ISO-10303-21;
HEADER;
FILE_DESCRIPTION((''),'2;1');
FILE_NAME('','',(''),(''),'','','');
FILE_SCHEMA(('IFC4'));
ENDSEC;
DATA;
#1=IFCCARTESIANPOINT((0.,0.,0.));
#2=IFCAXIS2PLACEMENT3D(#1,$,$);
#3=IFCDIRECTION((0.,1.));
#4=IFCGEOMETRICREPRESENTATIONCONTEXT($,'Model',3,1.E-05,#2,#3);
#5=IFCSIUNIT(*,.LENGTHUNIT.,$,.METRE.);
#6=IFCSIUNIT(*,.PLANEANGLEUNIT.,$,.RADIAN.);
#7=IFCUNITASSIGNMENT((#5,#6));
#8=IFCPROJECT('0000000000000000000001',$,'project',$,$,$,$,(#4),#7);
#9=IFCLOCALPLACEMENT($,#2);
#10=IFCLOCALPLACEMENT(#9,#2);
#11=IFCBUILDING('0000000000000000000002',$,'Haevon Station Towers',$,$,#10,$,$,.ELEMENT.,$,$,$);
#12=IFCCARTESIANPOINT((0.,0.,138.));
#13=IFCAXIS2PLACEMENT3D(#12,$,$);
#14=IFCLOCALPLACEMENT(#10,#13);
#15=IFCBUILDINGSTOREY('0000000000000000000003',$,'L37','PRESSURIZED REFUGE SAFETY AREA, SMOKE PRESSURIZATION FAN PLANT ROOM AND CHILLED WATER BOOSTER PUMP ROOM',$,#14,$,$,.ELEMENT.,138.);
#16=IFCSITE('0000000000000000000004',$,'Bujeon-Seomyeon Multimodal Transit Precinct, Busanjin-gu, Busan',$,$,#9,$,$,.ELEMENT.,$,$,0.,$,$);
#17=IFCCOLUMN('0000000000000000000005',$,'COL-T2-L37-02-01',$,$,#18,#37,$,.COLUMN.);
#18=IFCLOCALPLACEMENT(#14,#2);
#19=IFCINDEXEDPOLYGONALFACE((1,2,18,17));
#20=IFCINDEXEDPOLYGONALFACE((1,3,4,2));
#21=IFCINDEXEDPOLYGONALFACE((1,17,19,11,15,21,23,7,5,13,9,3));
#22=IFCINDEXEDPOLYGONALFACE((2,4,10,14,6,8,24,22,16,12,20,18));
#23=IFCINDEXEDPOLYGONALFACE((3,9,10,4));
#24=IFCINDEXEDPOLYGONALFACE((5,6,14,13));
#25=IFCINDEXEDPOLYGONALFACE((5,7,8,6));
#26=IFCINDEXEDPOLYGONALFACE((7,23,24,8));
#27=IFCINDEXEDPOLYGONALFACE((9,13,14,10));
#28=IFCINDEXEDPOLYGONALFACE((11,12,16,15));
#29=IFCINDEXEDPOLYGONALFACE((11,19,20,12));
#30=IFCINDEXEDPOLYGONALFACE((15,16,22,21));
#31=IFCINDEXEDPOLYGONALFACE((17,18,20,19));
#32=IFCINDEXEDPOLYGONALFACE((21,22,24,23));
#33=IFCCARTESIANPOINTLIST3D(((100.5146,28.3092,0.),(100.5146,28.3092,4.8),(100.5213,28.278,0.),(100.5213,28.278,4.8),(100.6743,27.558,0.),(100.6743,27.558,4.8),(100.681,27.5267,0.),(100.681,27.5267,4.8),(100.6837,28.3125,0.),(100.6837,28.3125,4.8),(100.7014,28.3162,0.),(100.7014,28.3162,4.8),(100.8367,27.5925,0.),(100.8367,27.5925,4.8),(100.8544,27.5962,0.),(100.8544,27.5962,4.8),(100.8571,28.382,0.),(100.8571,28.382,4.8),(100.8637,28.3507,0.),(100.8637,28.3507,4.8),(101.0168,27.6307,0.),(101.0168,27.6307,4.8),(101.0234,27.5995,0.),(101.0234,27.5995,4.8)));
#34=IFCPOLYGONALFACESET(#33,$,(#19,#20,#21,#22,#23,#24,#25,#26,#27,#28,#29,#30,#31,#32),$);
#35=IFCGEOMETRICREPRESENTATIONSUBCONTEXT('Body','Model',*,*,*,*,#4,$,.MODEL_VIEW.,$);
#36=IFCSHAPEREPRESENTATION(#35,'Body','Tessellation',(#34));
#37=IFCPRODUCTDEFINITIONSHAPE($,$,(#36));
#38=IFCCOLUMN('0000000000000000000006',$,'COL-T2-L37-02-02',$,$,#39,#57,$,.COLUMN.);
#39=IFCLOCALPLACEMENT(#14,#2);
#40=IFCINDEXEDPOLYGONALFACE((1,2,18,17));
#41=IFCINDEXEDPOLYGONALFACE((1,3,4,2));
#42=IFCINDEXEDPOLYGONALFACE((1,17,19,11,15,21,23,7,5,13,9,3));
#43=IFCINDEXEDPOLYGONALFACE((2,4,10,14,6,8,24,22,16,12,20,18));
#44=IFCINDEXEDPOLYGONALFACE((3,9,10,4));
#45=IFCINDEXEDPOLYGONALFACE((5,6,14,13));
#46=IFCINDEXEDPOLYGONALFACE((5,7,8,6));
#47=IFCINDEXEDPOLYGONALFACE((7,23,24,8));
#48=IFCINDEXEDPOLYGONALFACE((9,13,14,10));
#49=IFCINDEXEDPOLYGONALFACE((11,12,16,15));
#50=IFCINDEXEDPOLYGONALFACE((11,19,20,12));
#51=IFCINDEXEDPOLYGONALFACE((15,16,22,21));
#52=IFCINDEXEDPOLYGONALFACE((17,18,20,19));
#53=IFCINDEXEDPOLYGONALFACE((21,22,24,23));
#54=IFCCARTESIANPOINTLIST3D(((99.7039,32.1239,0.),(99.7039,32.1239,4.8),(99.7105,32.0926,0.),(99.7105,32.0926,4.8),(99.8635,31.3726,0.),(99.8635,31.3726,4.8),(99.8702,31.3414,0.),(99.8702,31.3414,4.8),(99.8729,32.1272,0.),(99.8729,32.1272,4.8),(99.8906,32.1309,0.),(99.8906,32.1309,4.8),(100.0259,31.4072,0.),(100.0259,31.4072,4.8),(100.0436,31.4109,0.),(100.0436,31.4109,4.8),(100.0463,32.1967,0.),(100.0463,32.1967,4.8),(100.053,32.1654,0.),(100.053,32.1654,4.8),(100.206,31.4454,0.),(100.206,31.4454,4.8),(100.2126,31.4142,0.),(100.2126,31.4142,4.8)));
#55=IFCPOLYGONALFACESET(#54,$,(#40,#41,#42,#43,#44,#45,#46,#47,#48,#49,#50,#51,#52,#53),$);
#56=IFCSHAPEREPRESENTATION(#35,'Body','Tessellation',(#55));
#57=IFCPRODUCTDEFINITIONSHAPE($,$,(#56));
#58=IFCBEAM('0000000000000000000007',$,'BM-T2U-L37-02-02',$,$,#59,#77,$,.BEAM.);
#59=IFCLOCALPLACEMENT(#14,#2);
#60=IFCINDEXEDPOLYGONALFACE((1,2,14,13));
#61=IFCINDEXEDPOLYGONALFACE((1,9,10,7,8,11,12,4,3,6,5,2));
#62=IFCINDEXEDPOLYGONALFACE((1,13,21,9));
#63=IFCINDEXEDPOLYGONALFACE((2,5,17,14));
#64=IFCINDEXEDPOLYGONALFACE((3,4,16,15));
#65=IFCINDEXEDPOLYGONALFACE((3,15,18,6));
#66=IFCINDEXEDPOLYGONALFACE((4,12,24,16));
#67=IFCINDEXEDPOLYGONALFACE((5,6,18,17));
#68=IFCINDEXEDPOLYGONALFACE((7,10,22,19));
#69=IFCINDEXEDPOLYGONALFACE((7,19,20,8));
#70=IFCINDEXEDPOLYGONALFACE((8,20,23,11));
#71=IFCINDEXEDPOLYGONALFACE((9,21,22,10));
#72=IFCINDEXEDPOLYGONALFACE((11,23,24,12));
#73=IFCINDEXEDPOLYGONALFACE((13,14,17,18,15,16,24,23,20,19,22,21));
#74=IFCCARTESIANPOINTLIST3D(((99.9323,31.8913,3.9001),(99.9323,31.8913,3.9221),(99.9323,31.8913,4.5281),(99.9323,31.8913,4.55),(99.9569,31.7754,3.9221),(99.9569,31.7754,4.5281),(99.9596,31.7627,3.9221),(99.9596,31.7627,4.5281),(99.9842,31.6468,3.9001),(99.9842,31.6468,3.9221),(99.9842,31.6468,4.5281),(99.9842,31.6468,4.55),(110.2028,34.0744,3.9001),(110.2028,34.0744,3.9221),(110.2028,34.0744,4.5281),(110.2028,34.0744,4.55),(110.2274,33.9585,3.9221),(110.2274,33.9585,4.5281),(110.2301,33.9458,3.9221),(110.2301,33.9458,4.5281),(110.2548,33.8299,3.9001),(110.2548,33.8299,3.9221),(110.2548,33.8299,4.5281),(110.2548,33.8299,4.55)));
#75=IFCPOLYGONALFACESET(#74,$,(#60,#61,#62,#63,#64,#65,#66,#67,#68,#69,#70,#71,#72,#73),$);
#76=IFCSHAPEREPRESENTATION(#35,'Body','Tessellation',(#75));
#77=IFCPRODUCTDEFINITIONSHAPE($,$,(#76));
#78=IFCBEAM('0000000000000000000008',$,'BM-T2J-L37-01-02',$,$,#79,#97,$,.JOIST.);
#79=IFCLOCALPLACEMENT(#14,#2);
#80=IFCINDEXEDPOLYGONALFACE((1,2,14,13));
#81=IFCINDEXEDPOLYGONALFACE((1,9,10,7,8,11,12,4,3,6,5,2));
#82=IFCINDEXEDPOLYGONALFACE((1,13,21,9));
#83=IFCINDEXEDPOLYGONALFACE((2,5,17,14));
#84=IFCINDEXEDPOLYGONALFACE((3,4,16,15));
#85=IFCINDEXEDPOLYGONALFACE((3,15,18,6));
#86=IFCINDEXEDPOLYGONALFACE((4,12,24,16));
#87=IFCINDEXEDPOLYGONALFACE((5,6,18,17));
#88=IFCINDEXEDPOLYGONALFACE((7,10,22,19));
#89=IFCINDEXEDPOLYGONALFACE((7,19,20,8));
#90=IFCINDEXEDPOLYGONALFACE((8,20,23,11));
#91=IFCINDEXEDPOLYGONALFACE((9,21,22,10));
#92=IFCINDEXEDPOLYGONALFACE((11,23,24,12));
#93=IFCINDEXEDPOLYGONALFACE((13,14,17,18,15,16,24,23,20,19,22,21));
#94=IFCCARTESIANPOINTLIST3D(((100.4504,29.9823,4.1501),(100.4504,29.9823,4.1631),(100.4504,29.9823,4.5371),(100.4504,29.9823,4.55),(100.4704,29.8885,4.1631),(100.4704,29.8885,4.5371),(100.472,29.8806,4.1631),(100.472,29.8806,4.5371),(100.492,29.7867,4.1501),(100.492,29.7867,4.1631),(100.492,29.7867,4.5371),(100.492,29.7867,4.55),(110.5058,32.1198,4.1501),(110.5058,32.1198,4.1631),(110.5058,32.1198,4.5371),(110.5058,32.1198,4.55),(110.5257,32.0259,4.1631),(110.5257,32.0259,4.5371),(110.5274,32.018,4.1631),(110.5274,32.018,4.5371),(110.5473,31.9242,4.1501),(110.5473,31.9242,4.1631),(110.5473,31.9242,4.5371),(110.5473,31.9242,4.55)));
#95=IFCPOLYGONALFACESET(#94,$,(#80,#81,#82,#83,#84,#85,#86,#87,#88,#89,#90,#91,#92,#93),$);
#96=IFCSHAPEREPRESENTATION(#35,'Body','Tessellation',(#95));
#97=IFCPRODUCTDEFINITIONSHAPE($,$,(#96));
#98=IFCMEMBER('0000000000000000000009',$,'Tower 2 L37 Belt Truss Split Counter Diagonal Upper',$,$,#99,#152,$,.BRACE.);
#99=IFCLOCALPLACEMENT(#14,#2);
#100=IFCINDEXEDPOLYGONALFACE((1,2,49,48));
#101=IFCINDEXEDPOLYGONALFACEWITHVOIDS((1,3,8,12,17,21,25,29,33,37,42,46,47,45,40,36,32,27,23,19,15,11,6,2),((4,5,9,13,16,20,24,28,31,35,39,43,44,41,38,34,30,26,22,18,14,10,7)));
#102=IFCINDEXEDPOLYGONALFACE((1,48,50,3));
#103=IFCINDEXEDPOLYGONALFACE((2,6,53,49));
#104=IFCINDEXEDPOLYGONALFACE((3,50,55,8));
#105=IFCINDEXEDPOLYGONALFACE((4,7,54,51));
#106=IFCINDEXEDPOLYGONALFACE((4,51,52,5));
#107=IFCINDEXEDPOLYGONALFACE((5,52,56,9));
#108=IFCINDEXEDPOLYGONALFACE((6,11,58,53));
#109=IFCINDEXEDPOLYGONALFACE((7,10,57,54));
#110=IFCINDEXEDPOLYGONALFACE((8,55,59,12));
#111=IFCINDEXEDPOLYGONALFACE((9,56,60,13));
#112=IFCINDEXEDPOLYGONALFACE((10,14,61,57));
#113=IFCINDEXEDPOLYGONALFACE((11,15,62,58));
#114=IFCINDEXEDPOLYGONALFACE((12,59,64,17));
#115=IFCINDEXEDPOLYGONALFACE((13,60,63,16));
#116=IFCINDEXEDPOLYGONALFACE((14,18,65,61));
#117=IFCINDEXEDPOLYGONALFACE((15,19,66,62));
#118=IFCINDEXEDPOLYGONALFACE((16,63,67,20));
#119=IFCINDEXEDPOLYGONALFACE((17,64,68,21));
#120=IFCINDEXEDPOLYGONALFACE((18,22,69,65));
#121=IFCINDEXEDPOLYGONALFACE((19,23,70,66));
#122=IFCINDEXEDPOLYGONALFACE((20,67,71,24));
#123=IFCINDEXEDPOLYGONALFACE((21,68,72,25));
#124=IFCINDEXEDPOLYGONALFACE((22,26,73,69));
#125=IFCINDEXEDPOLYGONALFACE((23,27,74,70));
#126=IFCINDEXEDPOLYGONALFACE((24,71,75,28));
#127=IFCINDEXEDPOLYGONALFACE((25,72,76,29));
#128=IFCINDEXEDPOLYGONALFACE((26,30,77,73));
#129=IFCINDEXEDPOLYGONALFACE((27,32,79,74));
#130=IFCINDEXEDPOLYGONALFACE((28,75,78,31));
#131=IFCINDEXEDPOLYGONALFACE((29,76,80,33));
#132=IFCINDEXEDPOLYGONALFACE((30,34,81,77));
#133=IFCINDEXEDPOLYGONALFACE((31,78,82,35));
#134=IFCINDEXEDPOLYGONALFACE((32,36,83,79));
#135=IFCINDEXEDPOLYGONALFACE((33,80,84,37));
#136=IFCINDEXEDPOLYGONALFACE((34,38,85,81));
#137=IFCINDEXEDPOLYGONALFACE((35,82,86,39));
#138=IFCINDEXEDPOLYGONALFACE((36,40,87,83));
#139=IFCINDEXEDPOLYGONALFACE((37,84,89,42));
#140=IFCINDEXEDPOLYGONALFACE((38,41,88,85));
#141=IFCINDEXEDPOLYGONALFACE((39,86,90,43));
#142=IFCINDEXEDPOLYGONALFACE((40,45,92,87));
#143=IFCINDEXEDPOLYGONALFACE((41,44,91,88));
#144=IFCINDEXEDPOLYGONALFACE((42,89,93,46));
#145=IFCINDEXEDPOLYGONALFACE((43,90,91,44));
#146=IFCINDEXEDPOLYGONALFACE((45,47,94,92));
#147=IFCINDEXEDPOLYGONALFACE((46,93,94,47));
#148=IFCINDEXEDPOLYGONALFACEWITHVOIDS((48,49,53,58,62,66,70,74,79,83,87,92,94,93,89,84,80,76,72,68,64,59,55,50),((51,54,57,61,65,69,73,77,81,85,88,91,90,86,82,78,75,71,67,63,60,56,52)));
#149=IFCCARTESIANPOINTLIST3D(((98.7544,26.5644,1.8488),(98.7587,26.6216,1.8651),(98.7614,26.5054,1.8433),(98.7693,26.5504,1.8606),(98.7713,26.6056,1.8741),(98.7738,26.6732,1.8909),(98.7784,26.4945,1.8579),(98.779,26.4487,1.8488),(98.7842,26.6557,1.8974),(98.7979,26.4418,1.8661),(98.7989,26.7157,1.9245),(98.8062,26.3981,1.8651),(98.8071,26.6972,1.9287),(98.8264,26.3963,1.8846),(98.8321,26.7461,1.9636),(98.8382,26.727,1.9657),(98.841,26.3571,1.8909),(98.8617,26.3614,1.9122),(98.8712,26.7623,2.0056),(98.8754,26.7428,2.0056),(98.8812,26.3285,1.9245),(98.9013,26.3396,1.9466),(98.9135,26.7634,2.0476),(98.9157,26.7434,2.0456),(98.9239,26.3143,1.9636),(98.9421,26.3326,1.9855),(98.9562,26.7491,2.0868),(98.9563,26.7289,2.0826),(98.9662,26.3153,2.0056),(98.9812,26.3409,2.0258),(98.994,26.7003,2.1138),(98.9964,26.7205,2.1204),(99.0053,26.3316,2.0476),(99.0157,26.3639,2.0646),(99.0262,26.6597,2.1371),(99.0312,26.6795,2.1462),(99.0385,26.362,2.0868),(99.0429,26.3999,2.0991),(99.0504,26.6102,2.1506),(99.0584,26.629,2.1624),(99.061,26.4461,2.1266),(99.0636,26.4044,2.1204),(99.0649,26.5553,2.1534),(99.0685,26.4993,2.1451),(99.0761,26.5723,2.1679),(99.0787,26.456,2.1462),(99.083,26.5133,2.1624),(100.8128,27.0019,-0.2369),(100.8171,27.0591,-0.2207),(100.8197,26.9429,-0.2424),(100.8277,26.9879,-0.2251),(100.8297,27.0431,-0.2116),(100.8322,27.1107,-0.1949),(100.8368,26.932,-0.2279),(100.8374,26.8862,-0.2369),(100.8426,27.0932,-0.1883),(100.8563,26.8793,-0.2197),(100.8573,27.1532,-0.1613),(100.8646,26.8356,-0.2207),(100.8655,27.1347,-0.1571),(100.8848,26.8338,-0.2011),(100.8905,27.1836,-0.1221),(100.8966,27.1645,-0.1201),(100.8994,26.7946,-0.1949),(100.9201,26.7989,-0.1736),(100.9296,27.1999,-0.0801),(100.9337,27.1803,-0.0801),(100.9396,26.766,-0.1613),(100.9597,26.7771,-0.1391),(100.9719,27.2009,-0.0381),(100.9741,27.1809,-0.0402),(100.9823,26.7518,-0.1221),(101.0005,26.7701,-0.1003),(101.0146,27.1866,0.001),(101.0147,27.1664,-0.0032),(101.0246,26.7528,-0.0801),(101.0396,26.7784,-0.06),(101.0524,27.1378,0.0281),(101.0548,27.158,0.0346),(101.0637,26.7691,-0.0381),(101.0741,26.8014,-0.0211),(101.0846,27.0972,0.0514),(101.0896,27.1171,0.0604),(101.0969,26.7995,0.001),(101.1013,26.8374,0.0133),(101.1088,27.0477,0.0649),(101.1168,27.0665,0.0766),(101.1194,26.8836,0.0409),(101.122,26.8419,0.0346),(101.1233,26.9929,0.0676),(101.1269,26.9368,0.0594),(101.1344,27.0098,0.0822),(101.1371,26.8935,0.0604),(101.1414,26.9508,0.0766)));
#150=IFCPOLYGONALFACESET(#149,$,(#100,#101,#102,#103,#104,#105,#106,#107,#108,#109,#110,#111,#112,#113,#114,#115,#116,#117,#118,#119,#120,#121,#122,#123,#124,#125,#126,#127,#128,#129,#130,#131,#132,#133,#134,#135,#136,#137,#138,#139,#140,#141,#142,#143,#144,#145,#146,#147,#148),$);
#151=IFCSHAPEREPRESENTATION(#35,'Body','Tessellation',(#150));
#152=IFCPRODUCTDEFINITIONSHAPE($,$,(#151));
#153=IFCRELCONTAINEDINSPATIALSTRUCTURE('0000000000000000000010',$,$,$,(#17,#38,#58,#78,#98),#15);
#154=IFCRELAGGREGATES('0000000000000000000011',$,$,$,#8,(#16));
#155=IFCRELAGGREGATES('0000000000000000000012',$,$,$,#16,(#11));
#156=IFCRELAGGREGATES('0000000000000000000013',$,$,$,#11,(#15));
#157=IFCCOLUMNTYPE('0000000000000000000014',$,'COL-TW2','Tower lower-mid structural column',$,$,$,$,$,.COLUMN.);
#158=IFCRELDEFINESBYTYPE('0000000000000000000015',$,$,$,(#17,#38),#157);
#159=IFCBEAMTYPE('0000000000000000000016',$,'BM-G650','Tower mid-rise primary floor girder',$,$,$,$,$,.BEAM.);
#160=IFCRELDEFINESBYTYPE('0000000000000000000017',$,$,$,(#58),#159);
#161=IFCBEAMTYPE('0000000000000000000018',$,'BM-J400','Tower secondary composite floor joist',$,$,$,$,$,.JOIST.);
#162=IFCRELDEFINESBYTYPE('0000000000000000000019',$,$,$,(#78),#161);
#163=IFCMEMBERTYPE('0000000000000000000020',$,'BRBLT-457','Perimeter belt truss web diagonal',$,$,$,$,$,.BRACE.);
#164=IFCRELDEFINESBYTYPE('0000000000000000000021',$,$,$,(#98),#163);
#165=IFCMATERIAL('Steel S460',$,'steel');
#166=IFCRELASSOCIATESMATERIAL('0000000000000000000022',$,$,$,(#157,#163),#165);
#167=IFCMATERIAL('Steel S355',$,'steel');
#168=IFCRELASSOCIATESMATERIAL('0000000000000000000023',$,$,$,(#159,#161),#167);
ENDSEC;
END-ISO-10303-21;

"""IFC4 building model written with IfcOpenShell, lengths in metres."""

from ifc_helpers import new_model, si_unit, direction, frame, origin, origin_2d, place, context, subcontext, project, spatial, hollow_circle, i_section, extrude, material, material_profile, profile_set, type_object, element, save


model = new_model("IFC4")

# Units and contexts
model_context = context("Model", 3, precision=1e-05, world=origin(), true_north=direction((0.0, 1.0)))
body_context = subcontext(model_context, "Body", "Model", "MODEL_VIEW")
ifc_project = project(units=[si_unit("LENGTHUNIT", "METRE"), si_unit("PLANEANGLEUNIT", "RADIAN")], contexts=[model_context])

# Site, building, storey
site_placement = place(None, origin())
site = spatial("IfcSite", under=ifc_project, at=site_placement, Name="Bujeon-Seomyeon Multimodal Transit Precinct, Busanjin-gu, Busan", CompositionType="ELEMENT", RefElevation=0.0)
building_placement = place(site_placement, origin())
building = spatial("IfcBuilding", under=site, at=building_placement, Name="Haevon Station Towers", CompositionType="ELEMENT")
storey_placement = place(building_placement, frame((0.0, 0.0, 138.0)))
storey = spatial("IfcBuildingStorey", under=building, at=storey_placement, Name="L37", Description="PRESSURIZED REFUGE SAFETY AREA, SMOKE PRESSURIZATION FAN PLANT ROOM AND CHILLED WATER BOOSTER PUMP ROOM", CompositionType="ELEMENT", Elevation=138.0)

# Columns
ifc_material_1 = material(Name="Steel S460", Category="steel")
ifc_material_profile_1 = material_profile(ifc_material_1, i_section(OverallWidth=0.3501, OverallDepth=0.8, WebThickness=0.0181, FlangeThickness=0.032, at=origin_2d()), Name="H-800x350x18x32")
ifc_profile_set_1 = profile_set([ifc_material_profile_1], Name="Steel S460")
column_type = type_object("IfcColumnType", Name="COL-TW2", Description="Tower lower-mid structural column", PredefinedType="COLUMN", material=ifc_profile_set_1)
for number, where, z_axis, x_axis, name in (
    (1, (100.769, 27.9543, 0.0), (0.0, 0.0, 1.0), (0.978148, 0.207912, 0.0), "COL-T2-L37-02-01"),
    (2, (99.9583, 31.769, 0.0), (0.0, 0.0, 1.0), (0.978148, 0.207912, 0.0), "COL-T2-L37-02-02"),
):
    element("IfcColumn", number, at=place(storey_placement, frame(where, z_axis=z_axis, x_axis=x_axis)), inside=storey, type_object=column_type, Name=name, PredefinedType="COLUMN", context=body_context, shape_type="SweptSolid", body=[
        extrude(i_section(OverallWidth=0.3501, OverallDepth=0.8, WebThickness=0.0181, FlangeThickness=0.032, at=origin_2d()), origin(), (0.0, 0.0, 1.0), 4.8),
    ])

# Beams
ifc_material_2 = material(Name="Steel S355", Category="steel")
ifc_material_profile_2 = material_profile(ifc_material_2, i_section(OverallWidth=0.25, OverallDepth=0.6499, WebThickness=0.0129, FlangeThickness=0.022, at=origin_2d()), Name="H-650x250x13x22")
ifc_profile_set_2 = profile_set([ifc_material_profile_2], Name="Steel S355")
beam_type_1 = type_object("IfcBeamType", Name="BM-G650", Description="Tower mid-rise primary floor girder", PredefinedType="BEAM", material=ifc_profile_set_2)
beam_1_placement = place(storey_placement, frame((99.9583, 31.769, 4.2251), z_axis=(0.978147, 0.207915, 0.0), x_axis=(-0.207915, 0.978147, 0.0)))
element("IfcBeam", 3, at=beam_1_placement, inside=storey, type_object=beam_type_1, Name="BM-T2U-L37-02-02", PredefinedType="BEAM", context=body_context, shape_type="SweptSolid", body=[
    extrude(i_section(OverallWidth=0.25, OverallDepth=0.6499, WebThickness=0.0129, FlangeThickness=0.022, at=origin_2d()), origin(), (0.0, 0.0, 1.0), 10.5),
])
ifc_material_profile_3 = material_profile(ifc_material_2, i_section(OverallWidth=0.2, OverallDepth=0.3999, WebThickness=0.0081, FlangeThickness=0.0129, at=origin_2d()), Name="H-400x200x8x13")
ifc_profile_set_3 = profile_set([ifc_material_profile_3], Name="Steel S355")
beam_type_2 = type_object("IfcBeamType", Name="BM-J400", Description="Tower secondary composite floor joist", PredefinedType="JOIST", material=ifc_profile_set_3)
beam_2_placement = place(storey_placement, frame((100.4712, 29.8845, 4.3501), z_axis=(0.978146, 0.207922, 0.0), x_axis=(-0.207922, 0.978146, 0.0)))
element("IfcBeam", 4, at=beam_2_placement, inside=storey, type_object=beam_type_2, Name="BM-T2J-L37-01-02", PredefinedType="JOIST", context=body_context, shape_type="SweptSolid", body=[
    extrude(i_section(OverallWidth=0.2, OverallDepth=0.3999, WebThickness=0.0081, FlangeThickness=0.0129, at=origin_2d()), origin(), (0.0, 0.0, 1.0), 10.28),
])

# Member
ifc_material_profile_4 = material_profile(ifc_material_1, hollow_circle(Radius=0.2285, WallThickness=0.02, at=origin_2d()), Name="CHS-457x20")
ifc_profile_set_4 = profile_set([ifc_material_profile_4], Name="Steel S460")
member_type_1 = type_object("IfcMemberType", Name="BRBLT-457", Description="Perimeter belt truss web diagonal", PredefinedType="BRACE", material=ifc_profile_set_4)
member_1_placement = place(storey_placement, frame((98.9187, 26.5388, 2.0056), z_axis=(0.694726, 0.147663, -0.703955), x_axis=(-0.207905, 0.978149, 0.0)))
element("IfcMember", 5, at=member_1_placement, inside=storey, type_object=member_type_1, Name="Tower 2 L37 Belt Truss Split Counter Diagonal Upper", PredefinedType="BRACE", context=body_context, shape_type="SweptSolid", body=[
    extrude(hollow_circle(Radius=0.2285, WallThickness=0.02, at=origin_2d()), origin(), (0.0, 0.0, 1.0), 2.9629),
])

save(model, "model.ifc")
